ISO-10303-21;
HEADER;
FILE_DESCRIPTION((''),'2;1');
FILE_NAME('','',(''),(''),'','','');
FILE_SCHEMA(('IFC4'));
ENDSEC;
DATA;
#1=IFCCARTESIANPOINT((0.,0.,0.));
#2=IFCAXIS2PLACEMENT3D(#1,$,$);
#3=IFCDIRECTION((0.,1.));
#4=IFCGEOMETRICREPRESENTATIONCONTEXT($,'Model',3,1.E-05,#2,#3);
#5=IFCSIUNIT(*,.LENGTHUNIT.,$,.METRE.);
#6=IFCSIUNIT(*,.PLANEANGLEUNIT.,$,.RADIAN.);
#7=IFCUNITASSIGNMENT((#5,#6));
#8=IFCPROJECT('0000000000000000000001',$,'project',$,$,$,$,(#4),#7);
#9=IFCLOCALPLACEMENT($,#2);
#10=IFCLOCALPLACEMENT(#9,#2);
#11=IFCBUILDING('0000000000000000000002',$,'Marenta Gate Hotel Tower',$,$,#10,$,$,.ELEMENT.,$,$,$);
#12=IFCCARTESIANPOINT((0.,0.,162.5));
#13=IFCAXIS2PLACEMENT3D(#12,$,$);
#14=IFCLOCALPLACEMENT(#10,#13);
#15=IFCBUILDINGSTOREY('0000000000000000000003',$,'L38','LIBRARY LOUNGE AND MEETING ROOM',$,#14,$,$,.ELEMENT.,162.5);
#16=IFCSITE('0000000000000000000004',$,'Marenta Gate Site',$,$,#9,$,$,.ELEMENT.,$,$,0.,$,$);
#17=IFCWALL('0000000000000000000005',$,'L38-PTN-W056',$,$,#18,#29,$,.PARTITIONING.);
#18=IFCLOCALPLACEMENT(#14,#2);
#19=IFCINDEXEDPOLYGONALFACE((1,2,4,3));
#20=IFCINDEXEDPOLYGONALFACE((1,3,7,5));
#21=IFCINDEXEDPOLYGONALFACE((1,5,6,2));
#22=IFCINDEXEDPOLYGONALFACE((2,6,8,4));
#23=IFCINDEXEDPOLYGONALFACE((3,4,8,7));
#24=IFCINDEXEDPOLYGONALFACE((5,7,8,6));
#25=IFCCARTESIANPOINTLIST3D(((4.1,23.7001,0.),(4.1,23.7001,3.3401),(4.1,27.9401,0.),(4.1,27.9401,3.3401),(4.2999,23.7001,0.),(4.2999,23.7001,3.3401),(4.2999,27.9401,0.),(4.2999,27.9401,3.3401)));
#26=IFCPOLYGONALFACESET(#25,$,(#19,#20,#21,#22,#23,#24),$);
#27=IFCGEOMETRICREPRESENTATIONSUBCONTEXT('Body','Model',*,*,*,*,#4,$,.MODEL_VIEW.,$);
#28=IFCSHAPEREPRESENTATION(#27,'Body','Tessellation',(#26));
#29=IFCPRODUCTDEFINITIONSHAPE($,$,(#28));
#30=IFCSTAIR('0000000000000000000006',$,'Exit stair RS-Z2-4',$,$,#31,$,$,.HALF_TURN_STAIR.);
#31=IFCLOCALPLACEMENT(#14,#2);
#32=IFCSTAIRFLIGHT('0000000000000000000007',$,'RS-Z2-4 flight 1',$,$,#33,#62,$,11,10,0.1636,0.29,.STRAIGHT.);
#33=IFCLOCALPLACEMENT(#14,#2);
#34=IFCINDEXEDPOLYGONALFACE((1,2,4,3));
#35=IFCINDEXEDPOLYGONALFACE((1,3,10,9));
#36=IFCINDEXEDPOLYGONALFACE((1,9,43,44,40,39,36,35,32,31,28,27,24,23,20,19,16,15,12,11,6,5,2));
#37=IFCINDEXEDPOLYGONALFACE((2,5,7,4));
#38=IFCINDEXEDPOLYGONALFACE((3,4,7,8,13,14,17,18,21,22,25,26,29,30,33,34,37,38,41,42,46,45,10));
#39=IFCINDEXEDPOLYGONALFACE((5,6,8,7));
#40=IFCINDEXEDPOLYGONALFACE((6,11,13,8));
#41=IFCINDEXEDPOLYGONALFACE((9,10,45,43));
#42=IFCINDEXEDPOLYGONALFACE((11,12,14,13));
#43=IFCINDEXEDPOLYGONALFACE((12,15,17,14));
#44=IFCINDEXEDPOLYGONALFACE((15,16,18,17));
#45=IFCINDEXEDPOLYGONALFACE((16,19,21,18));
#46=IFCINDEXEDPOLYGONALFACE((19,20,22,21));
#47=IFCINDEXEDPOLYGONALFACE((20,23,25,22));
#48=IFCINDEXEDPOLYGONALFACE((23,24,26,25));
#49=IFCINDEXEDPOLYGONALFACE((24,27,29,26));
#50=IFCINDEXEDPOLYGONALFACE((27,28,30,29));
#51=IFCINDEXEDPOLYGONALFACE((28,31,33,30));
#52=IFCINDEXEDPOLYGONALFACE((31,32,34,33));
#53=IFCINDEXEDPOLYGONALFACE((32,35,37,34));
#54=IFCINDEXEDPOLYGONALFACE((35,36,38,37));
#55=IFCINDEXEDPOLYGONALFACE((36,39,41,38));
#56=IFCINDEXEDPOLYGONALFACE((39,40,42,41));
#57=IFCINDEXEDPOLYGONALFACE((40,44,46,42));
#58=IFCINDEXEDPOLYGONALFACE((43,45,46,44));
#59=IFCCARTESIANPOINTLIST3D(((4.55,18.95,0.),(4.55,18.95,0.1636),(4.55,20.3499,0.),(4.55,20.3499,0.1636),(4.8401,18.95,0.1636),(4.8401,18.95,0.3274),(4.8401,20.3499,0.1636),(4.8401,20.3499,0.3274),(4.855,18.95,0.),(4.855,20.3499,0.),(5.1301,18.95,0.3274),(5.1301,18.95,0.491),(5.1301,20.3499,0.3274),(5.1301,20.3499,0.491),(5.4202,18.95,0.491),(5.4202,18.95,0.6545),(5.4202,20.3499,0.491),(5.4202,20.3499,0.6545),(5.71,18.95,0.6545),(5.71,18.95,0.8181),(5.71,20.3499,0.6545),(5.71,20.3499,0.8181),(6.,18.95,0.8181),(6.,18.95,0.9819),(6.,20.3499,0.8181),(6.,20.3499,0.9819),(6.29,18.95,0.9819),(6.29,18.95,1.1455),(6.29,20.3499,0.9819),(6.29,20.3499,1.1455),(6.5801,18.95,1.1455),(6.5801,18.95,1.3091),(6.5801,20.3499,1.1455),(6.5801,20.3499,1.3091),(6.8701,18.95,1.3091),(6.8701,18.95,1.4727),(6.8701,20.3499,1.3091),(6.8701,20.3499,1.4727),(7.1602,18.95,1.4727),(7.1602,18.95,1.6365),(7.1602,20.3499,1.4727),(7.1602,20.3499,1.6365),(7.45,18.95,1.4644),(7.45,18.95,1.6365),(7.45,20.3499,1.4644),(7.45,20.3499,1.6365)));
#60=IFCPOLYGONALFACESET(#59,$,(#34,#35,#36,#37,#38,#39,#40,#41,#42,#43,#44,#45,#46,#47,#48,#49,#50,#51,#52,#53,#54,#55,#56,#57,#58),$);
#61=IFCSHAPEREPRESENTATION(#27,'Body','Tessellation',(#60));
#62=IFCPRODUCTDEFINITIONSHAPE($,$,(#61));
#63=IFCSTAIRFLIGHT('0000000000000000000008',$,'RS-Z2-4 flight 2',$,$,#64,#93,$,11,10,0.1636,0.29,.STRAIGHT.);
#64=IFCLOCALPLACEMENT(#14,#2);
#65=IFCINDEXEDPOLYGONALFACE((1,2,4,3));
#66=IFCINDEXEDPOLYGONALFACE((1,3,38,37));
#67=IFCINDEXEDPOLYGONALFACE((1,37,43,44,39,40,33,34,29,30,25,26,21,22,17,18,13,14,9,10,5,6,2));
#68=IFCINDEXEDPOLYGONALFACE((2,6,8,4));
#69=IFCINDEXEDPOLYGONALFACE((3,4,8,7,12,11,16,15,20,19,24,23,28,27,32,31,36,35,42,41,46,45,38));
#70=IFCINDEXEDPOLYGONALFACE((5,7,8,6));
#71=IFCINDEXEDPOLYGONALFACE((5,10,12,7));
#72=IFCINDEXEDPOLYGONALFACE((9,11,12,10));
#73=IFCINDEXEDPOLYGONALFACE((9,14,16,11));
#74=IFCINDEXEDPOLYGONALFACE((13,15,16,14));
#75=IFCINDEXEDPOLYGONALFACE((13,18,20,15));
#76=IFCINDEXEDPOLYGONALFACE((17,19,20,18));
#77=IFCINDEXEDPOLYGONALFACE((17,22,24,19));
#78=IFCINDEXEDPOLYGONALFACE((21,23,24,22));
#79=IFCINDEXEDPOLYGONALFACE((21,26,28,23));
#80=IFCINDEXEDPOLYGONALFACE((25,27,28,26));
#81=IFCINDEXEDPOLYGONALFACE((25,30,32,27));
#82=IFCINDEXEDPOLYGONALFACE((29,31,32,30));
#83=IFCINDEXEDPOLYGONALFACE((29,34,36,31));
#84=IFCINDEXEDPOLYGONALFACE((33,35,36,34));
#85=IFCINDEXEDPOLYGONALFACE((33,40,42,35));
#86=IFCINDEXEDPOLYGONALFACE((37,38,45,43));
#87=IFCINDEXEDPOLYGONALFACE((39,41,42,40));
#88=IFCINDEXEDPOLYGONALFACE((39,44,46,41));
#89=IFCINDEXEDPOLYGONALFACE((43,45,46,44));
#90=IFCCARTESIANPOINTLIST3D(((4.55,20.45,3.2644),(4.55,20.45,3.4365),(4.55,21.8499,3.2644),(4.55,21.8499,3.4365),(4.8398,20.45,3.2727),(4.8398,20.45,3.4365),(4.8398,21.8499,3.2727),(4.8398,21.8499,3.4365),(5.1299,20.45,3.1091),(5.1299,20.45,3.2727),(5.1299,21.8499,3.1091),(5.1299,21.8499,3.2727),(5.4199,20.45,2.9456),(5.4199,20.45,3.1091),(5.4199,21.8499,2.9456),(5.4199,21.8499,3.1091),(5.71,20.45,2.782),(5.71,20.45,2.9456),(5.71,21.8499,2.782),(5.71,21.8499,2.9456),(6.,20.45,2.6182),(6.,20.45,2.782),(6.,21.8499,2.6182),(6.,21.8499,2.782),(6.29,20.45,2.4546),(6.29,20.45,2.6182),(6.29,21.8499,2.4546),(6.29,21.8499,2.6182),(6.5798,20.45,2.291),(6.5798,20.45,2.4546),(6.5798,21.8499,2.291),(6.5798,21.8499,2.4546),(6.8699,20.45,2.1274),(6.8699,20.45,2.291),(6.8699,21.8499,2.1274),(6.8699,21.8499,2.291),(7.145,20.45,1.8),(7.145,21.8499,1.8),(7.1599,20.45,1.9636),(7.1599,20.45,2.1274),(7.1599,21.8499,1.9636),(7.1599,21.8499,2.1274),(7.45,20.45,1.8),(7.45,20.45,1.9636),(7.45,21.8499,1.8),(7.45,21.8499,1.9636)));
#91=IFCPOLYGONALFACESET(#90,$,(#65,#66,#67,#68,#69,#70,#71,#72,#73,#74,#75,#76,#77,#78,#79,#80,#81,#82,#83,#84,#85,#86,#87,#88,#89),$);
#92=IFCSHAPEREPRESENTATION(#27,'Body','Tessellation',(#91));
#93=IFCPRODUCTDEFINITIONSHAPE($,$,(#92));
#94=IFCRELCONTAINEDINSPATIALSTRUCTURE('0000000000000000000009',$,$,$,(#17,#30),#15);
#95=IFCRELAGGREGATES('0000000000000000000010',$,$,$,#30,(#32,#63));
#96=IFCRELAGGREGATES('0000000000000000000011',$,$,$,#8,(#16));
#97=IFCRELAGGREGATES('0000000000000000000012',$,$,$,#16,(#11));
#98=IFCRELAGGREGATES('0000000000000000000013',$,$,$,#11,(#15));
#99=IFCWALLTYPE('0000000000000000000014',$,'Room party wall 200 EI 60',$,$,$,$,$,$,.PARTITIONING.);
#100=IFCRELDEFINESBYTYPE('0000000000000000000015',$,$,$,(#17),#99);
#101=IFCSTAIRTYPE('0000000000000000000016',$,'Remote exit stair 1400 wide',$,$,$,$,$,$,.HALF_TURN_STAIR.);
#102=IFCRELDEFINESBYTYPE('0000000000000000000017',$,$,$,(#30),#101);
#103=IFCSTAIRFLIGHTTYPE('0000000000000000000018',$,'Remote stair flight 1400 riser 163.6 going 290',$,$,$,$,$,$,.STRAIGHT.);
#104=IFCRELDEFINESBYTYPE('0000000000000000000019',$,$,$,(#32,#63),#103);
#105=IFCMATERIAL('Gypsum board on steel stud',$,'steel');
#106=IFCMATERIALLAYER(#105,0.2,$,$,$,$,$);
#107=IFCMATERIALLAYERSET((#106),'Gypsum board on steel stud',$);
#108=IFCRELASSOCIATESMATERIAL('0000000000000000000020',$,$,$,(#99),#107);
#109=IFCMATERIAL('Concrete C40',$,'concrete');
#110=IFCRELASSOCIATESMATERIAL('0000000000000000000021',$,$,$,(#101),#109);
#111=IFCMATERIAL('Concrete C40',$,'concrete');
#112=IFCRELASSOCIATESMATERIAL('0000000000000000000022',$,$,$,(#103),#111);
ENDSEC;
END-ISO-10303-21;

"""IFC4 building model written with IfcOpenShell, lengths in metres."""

from ifc_helpers import new_model, si_unit, direction, frame, frame_2d, origin, place, context, subcontext, project, spatial, polyline, rectangle, outline, extrude, material, layer, layer_set, type_object, element, aggregate, save


model = new_model("IFC4")

# Units and contexts
model_context = context("Model", 3, precision=1e-05, world=origin(), true_north=direction((0.0, 1.0)))
body_context = subcontext(model_context, "Body", "Model", "MODEL_VIEW")
ifc_project = project(units=[si_unit("LENGTHUNIT", "METRE"), si_unit("PLANEANGLEUNIT", "RADIAN")], contexts=[model_context])

# Site, building, storey
site_placement = place(None, origin())
site = spatial("IfcSite", under=ifc_project, at=site_placement, Name="Marenta Gate Site", CompositionType="ELEMENT", RefElevation=0.0)
building_placement = place(site_placement, origin())
building = spatial("IfcBuilding", under=site, at=building_placement, Name="Marenta Gate Hotel Tower", CompositionType="ELEMENT")
storey_placement = place(building_placement, frame((0.0, 0.0, 162.5)))
storey = spatial("IfcBuildingStorey", under=building, at=storey_placement, Name="L38", Description="LIBRARY LOUNGE AND MEETING ROOM", CompositionType="ELEMENT", Elevation=162.5)

# Wall
ifc_material_1 = material(Name="Gypsum board on steel stud", Category="steel")
ifc_layer_1 = layer(ifc_material_1, 0.2)
ifc_layer_set_1 = layer_set([ifc_layer_1], Name="Gypsum board on steel stud")
wall_type_1 = type_object("IfcWallType", Name="Room party wall 200 EI 60", PredefinedType="PARTITIONING", material=ifc_layer_set_1)
wall_1_placement = place(storey_placement, frame((4.2, 23.7, 0.0), z_axis=(0.0, 0.0, 1.0), x_axis=(0.0, 1.0, 0.0)))
element("IfcWall", 1, at=wall_1_placement, inside=storey, type_object=wall_type_1, Name="L38-PTN-W056", PredefinedType="PARTITIONING", context=body_context, shape_type="SweptSolid", body=[
    extrude(rectangle(XDim=4.24, YDim=0.2, at=frame_2d((2.1201, 0.0))), origin(), (0.0, 0.0, 1.0), 3.3401),
])

# Stair, stair flights
ifc_material_2 = material(Name="Concrete C40", Category="concrete")
stair_type = type_object("IfcStairType", Name="Remote exit stair 1400 wide", PredefinedType="HALF_TURN_STAIR", material=ifc_material_2)
stair_placement = place(storey_placement, origin())
stair = element("IfcStair", 2, at=stair_placement, inside=storey, type_object=stair_type, Name="Exit stair RS-Z2-4", PredefinedType="HALF_TURN_STAIR")
ifc_material_3 = material(Name="Concrete C40", Category="concrete")
stair_flight_type = type_object("IfcStairFlightType", Name="Remote stair flight 1400 riser 163.6 going 290", PredefinedType="STRAIGHT", material=ifc_material_3)
stair_flight_1_placement = place(storey_placement, frame((4.55, 19.6499, 0.0), z_axis=(0.0, 0.0, 1.0), x_axis=(1.0, 0.0, 0.0)))
stair_flight_1 = element("IfcStairFlight", 3, at=stair_flight_1_placement, type_object=stair_flight_type, Name="RS-Z2-4 flight 1", NumberOfRisers=11, NumberOfTreads=10, PredefinedType="STRAIGHT", RiserHeight=0.1636, TreadLength=0.29, context=body_context, shape_type="SweptSolid", body=[
    extrude(outline(polyline([(0.0, 0.0), (0.0, 0.1636), (0.29, 0.1636), (0.29, 0.3274), (0.5801, 0.3274), (0.5801, 0.491), (0.8701, 0.491), (0.8701, 0.6545), (1.1599, 0.6545), (1.1599, 0.8181), (1.45, 0.8181), (1.45, 0.9819), (1.74, 0.9819), (1.74, 1.1455), (2.03, 1.1455), (2.03, 1.3091), (2.3201, 1.3091), (2.3201, 1.4727), (2.6101, 1.4727), (2.6101, 1.6365), (2.8999, 1.6365), (2.8999, 1.8), (2.8999, 1.4644), (0.3049, 0.0), (0.0, 0.0)])), frame((0.0, 0.7, 0.0), z_axis=(0.0, -1.0, 0.0), x_axis=(1.0, 0.0, 0.0)), (0.0, 0.0, 1.0), 1.3999),
])
stair_flight_2_placement = place(storey_placement, frame((7.45, 21.1499, 1.8), z_axis=(0.0, 0.0, 1.0), x_axis=(-1.0, 0.0, 0.0)))
stair_flight_2 = element("IfcStairFlight", 4, at=stair_flight_2_placement, type_object=stair_flight_type, Name="RS-Z2-4 flight 2", NumberOfRisers=11, NumberOfTreads=10, PredefinedType="STRAIGHT", RiserHeight=0.1636, TreadLength=0.29, context=body_context, shape_type="SweptSolid", body=[
    extrude(outline(polyline([(0.0, 0.0), (0.0, 0.1636), (0.29, 0.1636), (0.29, 0.3274), (0.5801, 0.3274), (0.5801, 0.491), (0.8701, 0.491), (0.8701, 0.6545), (1.1599, 0.6545), (1.1599, 0.8181), (1.45, 0.8181), (1.45, 0.9819), (1.74, 0.9819), (1.74, 1.1455), (2.03, 1.1455), (2.03, 1.3091), (2.3201, 1.3091), (2.3201, 1.4727), (2.6101, 1.4727), (2.6101, 1.6365), (2.8999, 1.6365), (2.8999, 1.8), (2.8999, 1.4644), (0.3049, 0.0), (0.0, 0.0)])), frame((0.0, 0.7, 0.0), z_axis=(0.0, -1.0, 0.0), x_axis=(1.0, 0.0, 0.0)), (0.0, 0.0, 1.0), 1.3999),
])
aggregate(stair, [stair_flight_1, stair_flight_2])

save(model, "model.ifc")
